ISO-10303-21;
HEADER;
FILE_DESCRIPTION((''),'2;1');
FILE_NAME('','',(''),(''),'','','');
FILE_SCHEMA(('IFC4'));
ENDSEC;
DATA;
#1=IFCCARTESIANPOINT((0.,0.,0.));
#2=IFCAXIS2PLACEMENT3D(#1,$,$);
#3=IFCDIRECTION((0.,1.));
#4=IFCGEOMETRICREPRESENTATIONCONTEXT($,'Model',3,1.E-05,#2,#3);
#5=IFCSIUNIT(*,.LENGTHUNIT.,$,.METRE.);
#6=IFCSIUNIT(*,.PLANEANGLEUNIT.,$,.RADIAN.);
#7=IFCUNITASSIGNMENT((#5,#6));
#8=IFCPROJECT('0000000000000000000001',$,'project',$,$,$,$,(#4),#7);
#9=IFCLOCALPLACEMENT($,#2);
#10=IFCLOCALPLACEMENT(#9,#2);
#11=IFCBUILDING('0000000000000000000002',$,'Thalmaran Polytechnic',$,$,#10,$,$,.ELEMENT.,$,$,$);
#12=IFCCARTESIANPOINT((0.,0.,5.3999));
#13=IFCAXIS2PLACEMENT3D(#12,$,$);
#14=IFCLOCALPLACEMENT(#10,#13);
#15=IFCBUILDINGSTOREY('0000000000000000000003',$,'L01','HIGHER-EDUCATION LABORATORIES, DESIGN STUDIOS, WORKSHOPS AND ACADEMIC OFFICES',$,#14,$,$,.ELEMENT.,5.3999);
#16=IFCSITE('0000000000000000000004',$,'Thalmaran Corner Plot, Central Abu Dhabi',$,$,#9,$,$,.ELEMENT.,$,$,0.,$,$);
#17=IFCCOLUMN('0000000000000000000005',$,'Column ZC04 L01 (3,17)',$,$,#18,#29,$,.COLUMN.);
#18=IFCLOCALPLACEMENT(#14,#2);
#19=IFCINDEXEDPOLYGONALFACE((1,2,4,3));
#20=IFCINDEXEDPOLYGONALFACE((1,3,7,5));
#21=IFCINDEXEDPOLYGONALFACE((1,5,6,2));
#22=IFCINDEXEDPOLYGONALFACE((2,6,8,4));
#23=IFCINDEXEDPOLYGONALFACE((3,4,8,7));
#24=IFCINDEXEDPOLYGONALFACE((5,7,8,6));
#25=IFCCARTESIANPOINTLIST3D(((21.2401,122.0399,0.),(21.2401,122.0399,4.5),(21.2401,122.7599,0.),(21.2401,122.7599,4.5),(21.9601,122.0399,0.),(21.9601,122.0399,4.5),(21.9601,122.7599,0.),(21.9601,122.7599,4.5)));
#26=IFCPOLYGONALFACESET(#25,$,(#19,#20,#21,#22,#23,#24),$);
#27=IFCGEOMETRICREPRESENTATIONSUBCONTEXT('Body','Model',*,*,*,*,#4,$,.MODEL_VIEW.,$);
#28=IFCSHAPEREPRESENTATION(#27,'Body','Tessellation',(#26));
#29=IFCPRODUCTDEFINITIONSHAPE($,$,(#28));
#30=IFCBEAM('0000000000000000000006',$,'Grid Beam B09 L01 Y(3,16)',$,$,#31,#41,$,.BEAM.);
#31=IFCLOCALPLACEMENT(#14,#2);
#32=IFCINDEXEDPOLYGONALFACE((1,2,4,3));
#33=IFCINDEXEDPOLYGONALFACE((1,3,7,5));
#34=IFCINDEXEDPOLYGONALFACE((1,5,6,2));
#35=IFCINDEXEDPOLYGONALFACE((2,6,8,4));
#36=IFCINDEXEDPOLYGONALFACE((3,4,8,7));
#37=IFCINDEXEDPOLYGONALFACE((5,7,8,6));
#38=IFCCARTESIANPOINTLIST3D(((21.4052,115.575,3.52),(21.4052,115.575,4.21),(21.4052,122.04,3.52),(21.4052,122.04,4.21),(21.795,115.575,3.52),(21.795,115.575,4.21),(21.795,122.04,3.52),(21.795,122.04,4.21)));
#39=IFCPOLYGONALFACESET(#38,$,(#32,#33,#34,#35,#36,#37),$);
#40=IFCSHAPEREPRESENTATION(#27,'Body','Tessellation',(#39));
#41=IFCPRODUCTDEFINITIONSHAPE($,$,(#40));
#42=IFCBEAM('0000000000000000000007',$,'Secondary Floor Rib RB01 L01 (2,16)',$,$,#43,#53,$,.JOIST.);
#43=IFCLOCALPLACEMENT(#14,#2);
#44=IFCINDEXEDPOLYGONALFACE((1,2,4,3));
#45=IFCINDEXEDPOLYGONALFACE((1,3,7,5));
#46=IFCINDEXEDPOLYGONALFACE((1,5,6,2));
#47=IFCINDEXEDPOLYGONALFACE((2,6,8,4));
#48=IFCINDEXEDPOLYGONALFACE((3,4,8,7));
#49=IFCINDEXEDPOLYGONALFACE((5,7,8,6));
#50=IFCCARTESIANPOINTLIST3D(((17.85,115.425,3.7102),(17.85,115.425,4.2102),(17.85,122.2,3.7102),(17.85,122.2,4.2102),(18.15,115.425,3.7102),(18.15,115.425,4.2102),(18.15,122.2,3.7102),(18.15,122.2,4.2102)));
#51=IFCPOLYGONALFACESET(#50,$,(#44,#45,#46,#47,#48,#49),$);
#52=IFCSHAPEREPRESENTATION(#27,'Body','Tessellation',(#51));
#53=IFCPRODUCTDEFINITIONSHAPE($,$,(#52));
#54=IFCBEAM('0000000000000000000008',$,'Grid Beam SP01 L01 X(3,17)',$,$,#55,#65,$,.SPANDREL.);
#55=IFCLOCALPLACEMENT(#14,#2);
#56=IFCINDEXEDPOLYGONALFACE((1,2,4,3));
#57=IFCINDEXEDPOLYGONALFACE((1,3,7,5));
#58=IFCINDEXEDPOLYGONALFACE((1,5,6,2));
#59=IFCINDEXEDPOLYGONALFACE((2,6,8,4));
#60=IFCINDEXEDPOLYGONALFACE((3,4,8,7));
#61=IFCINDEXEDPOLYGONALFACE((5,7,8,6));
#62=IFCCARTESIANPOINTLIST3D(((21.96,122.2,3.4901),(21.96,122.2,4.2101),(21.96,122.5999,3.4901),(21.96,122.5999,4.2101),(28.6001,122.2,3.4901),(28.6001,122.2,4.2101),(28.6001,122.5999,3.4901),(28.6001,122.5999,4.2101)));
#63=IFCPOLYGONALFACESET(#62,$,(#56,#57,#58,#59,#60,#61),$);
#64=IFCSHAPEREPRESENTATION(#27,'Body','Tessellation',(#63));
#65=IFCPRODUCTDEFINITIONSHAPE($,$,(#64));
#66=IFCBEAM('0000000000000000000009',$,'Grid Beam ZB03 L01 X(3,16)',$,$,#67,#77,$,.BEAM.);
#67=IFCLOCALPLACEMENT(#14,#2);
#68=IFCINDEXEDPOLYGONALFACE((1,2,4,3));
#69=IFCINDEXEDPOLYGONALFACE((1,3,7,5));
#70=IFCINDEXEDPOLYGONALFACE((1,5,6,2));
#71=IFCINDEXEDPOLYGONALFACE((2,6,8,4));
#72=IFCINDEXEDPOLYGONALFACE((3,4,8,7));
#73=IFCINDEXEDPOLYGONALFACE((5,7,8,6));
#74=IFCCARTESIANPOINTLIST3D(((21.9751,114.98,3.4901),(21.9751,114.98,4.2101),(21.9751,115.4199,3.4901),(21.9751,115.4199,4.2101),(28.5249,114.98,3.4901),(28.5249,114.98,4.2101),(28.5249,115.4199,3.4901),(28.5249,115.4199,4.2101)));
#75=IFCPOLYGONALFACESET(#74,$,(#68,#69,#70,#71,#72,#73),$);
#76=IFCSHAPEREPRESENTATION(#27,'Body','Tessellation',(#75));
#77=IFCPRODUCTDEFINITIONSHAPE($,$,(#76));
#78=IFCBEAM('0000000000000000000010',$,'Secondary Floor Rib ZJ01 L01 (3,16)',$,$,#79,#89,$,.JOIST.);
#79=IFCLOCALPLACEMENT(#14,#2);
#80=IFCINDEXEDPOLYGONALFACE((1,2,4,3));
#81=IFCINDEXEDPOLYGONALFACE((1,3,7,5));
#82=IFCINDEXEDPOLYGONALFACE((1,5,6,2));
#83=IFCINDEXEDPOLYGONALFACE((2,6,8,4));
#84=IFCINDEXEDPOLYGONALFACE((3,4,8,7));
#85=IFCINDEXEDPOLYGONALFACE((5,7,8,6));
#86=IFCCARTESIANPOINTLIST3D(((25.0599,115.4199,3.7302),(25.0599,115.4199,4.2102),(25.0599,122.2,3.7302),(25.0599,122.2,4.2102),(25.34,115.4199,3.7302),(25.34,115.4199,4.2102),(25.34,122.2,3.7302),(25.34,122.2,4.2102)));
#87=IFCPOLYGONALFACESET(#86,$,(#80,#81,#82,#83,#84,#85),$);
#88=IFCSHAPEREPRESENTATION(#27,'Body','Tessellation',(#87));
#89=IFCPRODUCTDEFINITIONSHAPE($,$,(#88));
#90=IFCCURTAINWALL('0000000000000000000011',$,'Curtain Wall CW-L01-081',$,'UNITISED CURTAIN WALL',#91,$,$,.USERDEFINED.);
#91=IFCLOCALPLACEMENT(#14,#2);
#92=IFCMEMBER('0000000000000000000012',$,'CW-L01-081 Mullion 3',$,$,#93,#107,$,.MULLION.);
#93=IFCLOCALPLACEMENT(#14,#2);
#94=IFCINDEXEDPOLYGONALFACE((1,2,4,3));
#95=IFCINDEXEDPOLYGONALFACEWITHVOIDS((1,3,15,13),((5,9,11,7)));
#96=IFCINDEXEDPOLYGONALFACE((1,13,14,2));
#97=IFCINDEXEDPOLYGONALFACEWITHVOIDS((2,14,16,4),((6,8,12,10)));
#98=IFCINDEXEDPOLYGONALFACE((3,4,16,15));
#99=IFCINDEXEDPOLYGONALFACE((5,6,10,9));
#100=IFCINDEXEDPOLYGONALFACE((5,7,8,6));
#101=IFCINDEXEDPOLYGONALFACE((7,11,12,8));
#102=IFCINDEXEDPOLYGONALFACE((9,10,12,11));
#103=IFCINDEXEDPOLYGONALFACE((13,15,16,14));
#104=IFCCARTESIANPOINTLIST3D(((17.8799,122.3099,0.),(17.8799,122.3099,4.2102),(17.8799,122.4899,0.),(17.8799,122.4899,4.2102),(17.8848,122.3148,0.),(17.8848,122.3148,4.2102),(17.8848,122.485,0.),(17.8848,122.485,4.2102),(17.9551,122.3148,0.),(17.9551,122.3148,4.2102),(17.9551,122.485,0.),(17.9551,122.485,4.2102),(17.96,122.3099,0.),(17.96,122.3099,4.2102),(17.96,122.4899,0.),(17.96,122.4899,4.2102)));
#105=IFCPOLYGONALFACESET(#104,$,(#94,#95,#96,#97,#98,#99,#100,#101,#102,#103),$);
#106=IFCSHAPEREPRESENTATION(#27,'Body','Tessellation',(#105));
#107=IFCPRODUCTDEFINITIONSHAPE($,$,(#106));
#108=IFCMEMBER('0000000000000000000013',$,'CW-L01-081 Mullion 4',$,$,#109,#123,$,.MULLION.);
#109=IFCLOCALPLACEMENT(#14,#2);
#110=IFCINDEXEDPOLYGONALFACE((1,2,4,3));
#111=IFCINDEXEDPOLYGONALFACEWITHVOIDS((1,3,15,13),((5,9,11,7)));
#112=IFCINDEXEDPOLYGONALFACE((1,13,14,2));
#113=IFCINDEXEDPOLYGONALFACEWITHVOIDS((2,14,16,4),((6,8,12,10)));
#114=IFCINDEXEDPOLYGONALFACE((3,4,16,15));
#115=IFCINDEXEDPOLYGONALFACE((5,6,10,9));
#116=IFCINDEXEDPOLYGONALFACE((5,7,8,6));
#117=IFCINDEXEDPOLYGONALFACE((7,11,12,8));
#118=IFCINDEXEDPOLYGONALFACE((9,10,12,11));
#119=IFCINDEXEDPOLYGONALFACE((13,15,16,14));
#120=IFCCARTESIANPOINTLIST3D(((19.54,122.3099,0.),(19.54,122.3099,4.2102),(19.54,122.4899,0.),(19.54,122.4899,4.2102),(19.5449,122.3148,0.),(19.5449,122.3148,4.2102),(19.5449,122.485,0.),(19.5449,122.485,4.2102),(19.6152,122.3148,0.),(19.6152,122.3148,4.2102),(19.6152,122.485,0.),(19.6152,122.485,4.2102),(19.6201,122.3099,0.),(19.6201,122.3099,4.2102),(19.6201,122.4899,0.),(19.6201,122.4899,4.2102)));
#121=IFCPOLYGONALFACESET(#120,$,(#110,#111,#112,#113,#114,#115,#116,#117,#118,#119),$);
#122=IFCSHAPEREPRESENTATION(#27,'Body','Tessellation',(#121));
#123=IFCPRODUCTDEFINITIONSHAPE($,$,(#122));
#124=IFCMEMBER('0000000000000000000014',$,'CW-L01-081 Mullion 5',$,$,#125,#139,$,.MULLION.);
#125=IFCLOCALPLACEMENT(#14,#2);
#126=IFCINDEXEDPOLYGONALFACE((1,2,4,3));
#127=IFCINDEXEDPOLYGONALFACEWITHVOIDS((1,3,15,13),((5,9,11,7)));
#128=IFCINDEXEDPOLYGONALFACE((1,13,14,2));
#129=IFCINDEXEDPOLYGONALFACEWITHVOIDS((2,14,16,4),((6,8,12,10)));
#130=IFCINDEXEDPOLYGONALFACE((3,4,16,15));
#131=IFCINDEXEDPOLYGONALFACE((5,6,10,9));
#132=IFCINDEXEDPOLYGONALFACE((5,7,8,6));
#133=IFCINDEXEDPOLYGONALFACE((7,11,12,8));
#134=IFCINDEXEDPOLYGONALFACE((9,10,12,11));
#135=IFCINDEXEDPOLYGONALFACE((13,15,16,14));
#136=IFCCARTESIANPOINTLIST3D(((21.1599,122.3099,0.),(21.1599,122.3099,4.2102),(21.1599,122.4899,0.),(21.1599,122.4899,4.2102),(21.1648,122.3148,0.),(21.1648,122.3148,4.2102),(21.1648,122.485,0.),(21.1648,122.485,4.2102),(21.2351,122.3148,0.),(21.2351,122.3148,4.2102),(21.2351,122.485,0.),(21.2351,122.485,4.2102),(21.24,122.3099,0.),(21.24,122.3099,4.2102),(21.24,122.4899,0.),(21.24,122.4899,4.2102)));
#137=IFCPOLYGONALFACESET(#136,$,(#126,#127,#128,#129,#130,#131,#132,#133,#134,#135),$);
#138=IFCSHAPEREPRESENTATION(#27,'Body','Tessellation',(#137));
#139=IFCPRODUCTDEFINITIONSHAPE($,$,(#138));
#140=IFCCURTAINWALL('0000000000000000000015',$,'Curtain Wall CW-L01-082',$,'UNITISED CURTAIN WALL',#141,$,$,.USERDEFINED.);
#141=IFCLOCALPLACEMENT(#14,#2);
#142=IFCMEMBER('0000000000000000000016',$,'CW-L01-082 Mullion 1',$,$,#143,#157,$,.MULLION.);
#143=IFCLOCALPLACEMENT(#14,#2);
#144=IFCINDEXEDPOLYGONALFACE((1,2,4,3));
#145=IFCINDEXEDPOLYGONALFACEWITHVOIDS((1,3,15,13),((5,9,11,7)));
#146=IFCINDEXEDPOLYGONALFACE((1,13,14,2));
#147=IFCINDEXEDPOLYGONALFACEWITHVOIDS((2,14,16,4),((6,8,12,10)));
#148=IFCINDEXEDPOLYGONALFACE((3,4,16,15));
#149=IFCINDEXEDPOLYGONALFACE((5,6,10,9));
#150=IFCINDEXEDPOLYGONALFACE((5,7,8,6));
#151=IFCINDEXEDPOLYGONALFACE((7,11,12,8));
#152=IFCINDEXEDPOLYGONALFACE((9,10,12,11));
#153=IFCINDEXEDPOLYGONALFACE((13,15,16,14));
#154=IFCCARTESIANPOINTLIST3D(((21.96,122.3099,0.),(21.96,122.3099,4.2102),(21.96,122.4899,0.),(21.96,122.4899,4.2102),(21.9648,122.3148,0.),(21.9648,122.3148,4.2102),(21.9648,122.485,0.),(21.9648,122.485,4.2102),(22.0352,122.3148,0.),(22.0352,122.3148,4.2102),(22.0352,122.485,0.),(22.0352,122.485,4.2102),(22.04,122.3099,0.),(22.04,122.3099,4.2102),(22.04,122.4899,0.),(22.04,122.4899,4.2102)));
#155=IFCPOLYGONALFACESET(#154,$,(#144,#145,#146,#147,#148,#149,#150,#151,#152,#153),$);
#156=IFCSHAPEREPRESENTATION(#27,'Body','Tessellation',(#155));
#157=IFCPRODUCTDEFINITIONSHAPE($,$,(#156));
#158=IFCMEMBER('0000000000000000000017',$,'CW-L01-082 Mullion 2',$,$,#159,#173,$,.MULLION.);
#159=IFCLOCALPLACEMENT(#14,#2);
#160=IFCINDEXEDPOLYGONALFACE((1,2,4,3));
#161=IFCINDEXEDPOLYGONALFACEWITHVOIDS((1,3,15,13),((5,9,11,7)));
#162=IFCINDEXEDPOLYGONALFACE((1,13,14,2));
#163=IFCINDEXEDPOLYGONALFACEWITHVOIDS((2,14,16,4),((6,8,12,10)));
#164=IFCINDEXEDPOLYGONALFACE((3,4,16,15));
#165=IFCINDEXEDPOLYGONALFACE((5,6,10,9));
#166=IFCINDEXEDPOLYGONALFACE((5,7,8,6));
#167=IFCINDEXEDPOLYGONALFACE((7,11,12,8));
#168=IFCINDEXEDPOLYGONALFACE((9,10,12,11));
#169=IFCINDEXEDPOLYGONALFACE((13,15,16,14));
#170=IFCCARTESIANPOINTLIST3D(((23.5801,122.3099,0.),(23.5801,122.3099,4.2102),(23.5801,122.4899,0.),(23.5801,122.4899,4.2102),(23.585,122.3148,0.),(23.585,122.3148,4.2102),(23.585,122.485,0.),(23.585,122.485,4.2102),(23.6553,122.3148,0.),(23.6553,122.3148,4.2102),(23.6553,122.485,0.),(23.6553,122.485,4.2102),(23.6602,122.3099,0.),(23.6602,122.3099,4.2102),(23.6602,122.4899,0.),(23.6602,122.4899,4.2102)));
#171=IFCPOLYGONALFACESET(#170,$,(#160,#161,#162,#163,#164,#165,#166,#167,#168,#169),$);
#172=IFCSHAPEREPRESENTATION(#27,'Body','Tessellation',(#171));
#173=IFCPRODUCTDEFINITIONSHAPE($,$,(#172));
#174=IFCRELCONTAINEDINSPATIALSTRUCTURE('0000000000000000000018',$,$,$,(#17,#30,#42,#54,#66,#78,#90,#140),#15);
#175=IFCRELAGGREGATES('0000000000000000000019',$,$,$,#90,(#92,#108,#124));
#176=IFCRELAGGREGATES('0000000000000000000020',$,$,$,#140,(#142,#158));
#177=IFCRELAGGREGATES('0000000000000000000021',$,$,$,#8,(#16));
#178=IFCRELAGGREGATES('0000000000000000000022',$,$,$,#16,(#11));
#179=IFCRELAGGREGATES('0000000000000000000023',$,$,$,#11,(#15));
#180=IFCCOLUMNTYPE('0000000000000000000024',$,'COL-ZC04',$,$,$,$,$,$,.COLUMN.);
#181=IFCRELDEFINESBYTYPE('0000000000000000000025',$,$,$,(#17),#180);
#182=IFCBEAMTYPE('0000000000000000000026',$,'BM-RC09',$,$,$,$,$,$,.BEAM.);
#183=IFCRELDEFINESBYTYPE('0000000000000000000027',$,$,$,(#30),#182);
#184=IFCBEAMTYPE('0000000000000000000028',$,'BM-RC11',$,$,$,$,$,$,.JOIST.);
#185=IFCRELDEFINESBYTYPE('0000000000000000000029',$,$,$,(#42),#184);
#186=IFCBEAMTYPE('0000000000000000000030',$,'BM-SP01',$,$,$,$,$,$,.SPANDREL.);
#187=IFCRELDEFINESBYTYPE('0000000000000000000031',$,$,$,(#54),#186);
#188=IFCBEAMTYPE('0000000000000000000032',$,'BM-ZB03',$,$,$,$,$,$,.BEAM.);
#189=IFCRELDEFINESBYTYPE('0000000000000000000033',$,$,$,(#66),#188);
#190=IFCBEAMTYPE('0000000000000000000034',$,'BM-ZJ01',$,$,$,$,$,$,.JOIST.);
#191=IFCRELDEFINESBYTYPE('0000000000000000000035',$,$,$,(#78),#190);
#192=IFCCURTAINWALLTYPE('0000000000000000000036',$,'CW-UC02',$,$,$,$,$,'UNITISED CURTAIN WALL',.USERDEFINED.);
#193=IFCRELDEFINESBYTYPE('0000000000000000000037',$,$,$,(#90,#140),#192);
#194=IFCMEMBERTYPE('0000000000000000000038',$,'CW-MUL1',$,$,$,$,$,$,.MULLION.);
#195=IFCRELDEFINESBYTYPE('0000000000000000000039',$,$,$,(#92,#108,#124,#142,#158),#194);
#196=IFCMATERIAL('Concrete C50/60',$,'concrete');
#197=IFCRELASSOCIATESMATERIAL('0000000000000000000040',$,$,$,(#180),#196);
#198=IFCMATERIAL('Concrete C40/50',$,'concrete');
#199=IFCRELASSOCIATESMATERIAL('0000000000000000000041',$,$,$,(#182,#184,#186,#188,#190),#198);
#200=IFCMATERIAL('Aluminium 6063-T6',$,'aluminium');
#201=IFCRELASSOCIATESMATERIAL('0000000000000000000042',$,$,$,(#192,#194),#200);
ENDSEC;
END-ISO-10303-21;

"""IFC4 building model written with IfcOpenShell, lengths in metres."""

from ifc_helpers import new_model, si_unit, direction, frame, origin, origin_2d, place, context, subcontext, project, spatial, rectangle, hollow_rectangle, extrude, material, material_profile, profile_set, type_object, element, aggregate, save


model = new_model("IFC4")

# Units and contexts
model_context = context("Model", 3, precision=1e-05, world=origin(), true_north=direction((0.0, 1.0)))
body_context = subcontext(model_context, "Body", "Model", "MODEL_VIEW")
ifc_project = project(units=[si_unit("LENGTHUNIT", "METRE"), si_unit("PLANEANGLEUNIT", "RADIAN")], contexts=[model_context])

# Site, building, storey
site_placement = place(None, origin())
site = spatial("IfcSite", under=ifc_project, at=site_placement, Name="Thalmaran Corner Plot, Central Abu Dhabi", CompositionType="ELEMENT", RefElevation=0.0)
building_placement = place(site_placement, origin())
building = spatial("IfcBuilding", under=site, at=building_placement, Name="Thalmaran Polytechnic", CompositionType="ELEMENT")
storey_placement = place(building_placement, frame((0.0, 0.0, 5.3999)))
storey = spatial("IfcBuildingStorey", under=building, at=storey_placement, Name="L01", Description="HIGHER-EDUCATION LABORATORIES, DESIGN STUDIOS, WORKSHOPS AND ACADEMIC OFFICES", CompositionType="ELEMENT", Elevation=5.3999)

# Column
ifc_material_1 = material(Name="Concrete C50/60", Category="concrete")
ifc_material_profile_1 = material_profile(ifc_material_1, rectangle(XDim=0.72, YDim=0.72, at=origin_2d()), Name="RC 720x720")
ifc_profile_set_1 = profile_set([ifc_material_profile_1], Name="Concrete C50/60")
column_type = type_object("IfcColumnType", Name="COL-ZC04", PredefinedType="COLUMN", material=ifc_profile_set_1)
column_placement = place(storey_placement, frame((21.6001, 122.3999, 0.0), z_axis=(0.0, 0.0, 1.0), x_axis=(1.0, 0.0, 0.0)))
element("IfcColumn", 1, at=column_placement, inside=storey, type_object=column_type, Name="Column ZC04 L01 (3,17)", PredefinedType="COLUMN", context=body_context, shape_type="SweptSolid", body=[
    extrude(rectangle(XDim=0.72, YDim=0.72, at=origin_2d()), origin(), (0.0, 0.0, 1.0), 4.5),
])

# Beams
ifc_material_2 = material(Name="Concrete C40/50", Category="concrete")
ifc_material_profile_2 = material_profile(ifc_material_2, rectangle(XDim=0.3899, YDim=0.6899, at=origin_2d()), Name="RC 390x690")
ifc_profile_set_2 = profile_set([ifc_material_profile_2], Name="Concrete C40/50")
beam_type_1 = type_object("IfcBeamType", Name="BM-RC09", PredefinedType="BEAM", material=ifc_profile_set_2)
beam_1_placement = place(storey_placement, frame((21.6001, 115.575, 3.865), z_axis=(0.0, 1.0, 0.0), x_axis=(-1.0, 0.0, 0.0)))
element("IfcBeam", 2, at=beam_1_placement, inside=storey, type_object=beam_type_1, Name="Grid Beam B09 L01 Y(3,16)", PredefinedType="BEAM", context=body_context, shape_type="SweptSolid", body=[
    extrude(rectangle(XDim=0.3899, YDim=0.6899, at=origin_2d()), origin(), (0.0, 0.0, 1.0), 6.4651),
])
ifc_material_profile_3 = material_profile(ifc_material_2, rectangle(XDim=0.3, YDim=0.5, at=origin_2d()), Name="RC 300x500")
ifc_profile_set_3 = profile_set([ifc_material_profile_3], Name="Concrete C40/50")
beam_type_2 = type_object("IfcBeamType", Name="BM-RC11", PredefinedType="JOIST", material=ifc_profile_set_3)
beam_2_placement = place(storey_placement, frame((18.0, 115.425, 3.9602), z_axis=(0.0, 1.0, 0.0), x_axis=(-1.0, 0.0, 0.0)))
element("IfcBeam", 3, at=beam_2_placement, inside=storey, type_object=beam_type_2, Name="Secondary Floor Rib RB01 L01 (2,16)", PredefinedType="JOIST", context=body_context, shape_type="SweptSolid", body=[
    extrude(rectangle(XDim=0.3, YDim=0.5, at=origin_2d()), origin(), (0.0, 0.0, 1.0), 6.7749),
])
ifc_material_profile_4 = material_profile(ifc_material_2, rectangle(XDim=0.3999, YDim=0.72, at=origin_2d()), Name="RC 400x720")
ifc_profile_set_4 = profile_set([ifc_material_profile_4], Name="Concrete C40/50")
beam_type_3 = type_object("IfcBeamType", Name="BM-SP01", PredefinedType="SPANDREL", material=ifc_profile_set_4)
beam_3_placement = place(storey_placement, frame((21.96, 122.3999, 3.8501), z_axis=(1.0, 0.0, 0.0), x_axis=(0.0, 1.0, 0.0)))
element("IfcBeam", 4, at=beam_3_placement, inside=storey, type_object=beam_type_3, Name="Grid Beam SP01 L01 X(3,17)", PredefinedType="SPANDREL", context=body_context, shape_type="SweptSolid", body=[
    extrude(rectangle(XDim=0.3999, YDim=0.72, at=origin_2d()), origin(), (0.0, 0.0, 1.0), 6.6401),
])
ifc_material_profile_5 = material_profile(ifc_material_2, rectangle(XDim=0.4399, YDim=0.72, at=origin_2d()), Name="RC 440x720")
ifc_profile_set_5 = profile_set([ifc_material_profile_5], Name="Concrete C40/50")
beam_type_4 = type_object("IfcBeamType", Name="BM-ZB03", PredefinedType="BEAM", material=ifc_profile_set_5)
beam_4_placement = place(storey_placement, frame((21.9751, 115.2, 3.8501), z_axis=(1.0, 0.0, 0.0), x_axis=(0.0, 1.0, 0.0)))
element("IfcBeam", 5, at=beam_4_placement, inside=storey, type_object=beam_type_4, Name="Grid Beam ZB03 L01 X(3,16)", PredefinedType="BEAM", context=body_context, shape_type="SweptSolid", body=[
    extrude(rectangle(XDim=0.4399, YDim=0.72, at=origin_2d()), origin(), (0.0, 0.0, 1.0), 6.5498),
])
ifc_material_profile_6 = material_profile(ifc_material_2, rectangle(XDim=0.28, YDim=0.48, at=origin_2d()), Name="RC 280x480")
ifc_profile_set_6 = profile_set([ifc_material_profile_6], Name="Concrete C40/50")
beam_type_5 = type_object("IfcBeamType", Name="BM-ZJ01", PredefinedType="JOIST", material=ifc_profile_set_6)
beam_5_placement = place(storey_placement, frame((25.2, 115.4199, 3.9702), z_axis=(0.0, 1.0, 0.0), x_axis=(-1.0, 0.0, 0.0)))
element("IfcBeam", 6, at=beam_5_placement, inside=storey, type_object=beam_type_5, Name="Secondary Floor Rib ZJ01 L01 (3,16)", PredefinedType="JOIST", context=body_context, shape_type="SweptSolid", body=[
    extrude(rectangle(XDim=0.28, YDim=0.48, at=origin_2d()), origin(), (0.0, 0.0, 1.0), 6.78),
])

# Curtain walls, members
ifc_material_3 = material(Name="Aluminium 6063-T6", Category="aluminium")
curtain_wall_type = type_object("IfcCurtainWallType", Name="CW-UC02", ElementType="UNITISED CURTAIN WALL", PredefinedType="USERDEFINED", material=ifc_material_3)
curtain_wall_1_placement = place(storey_placement, origin())
curtain_wall_1 = element("IfcCurtainWall", 7, at=curtain_wall_1_placement, inside=storey, type_object=curtain_wall_type, Name="Curtain Wall CW-L01-081", ObjectType="UNITISED CURTAIN WALL", PredefinedType="USERDEFINED")
ifc_material_profile_7 = material_profile(ifc_material_3, hollow_rectangle(XDim=0.0801, YDim=0.1799, WallThickness=0.0049, at=origin_2d()), Name="RHS 180x80x5.0")
ifc_profile_set_7 = profile_set([ifc_material_profile_7], Name="Aluminium 6063-T6")
member_type_1 = type_object("IfcMemberType", Name="CW-MUL1", PredefinedType="MULLION", material=ifc_profile_set_7)
member_1_placement = place(storey_placement, frame((17.9199, 122.3999, 0.0), z_axis=(0.0, 0.0, 1.0), x_axis=(1.0, 0.0, 0.0)))
member_1 = element("IfcMember", 8, at=member_1_placement, type_object=member_type_1, Name="CW-L01-081 Mullion 3", PredefinedType="MULLION", context=body_context, shape_type="SweptSolid", body=[
    extrude(hollow_rectangle(XDim=0.0801, YDim=0.1799, WallThickness=0.0049, at=origin_2d()), origin(), (0.0, 0.0, 1.0), 4.2102),
])
member_2_placement = place(storey_placement, frame((19.5801, 122.3999, 0.0), z_axis=(0.0, 0.0, 1.0), x_axis=(1.0, 0.0, 0.0)))
member_2 = element("IfcMember", 9, at=member_2_placement, type_object=member_type_1, Name="CW-L01-081 Mullion 4", PredefinedType="MULLION", context=body_context, shape_type="SweptSolid", body=[
    extrude(hollow_rectangle(XDim=0.0801, YDim=0.1799, WallThickness=0.0049, at=origin_2d()), origin(), (0.0, 0.0, 1.0), 4.2102),
])
member_3_placement = place(storey_placement, frame((21.2, 122.3999, 0.0), z_axis=(0.0, 0.0, 1.0), x_axis=(1.0, 0.0, 0.0)))
member_3 = element("IfcMember", 10, at=member_3_placement, type_object=member_type_1, Name="CW-L01-081 Mullion 5", PredefinedType="MULLION", context=body_context, shape_type="SweptSolid", body=[
    extrude(hollow_rectangle(XDim=0.0801, YDim=0.1799, WallThickness=0.0049, at=origin_2d()), origin(), (0.0, 0.0, 1.0), 4.2102),
])
curtain_wall_2_placement = place(storey_placement, origin())
curtain_wall_2 = element("IfcCurtainWall", 11, at=curtain_wall_2_placement, inside=storey, type_object=curtain_wall_type, Name="Curtain Wall CW-L01-082", ObjectType="UNITISED CURTAIN WALL", PredefinedType="USERDEFINED")
member_4_placement = place(storey_placement, frame((22.0, 122.3999, 0.0), z_axis=(0.0, 0.0, 1.0), x_axis=(1.0, 0.0, 0.0)))
member_4 = element("IfcMember", 12, at=member_4_placement, type_object=member_type_1, Name="CW-L01-082 Mullion 1", PredefinedType="MULLION", context=body_context, shape_type="SweptSolid", body=[
    extrude(hollow_rectangle(XDim=0.0801, YDim=0.1799, WallThickness=0.0049, at=origin_2d()), origin(), (0.0, 0.0, 1.0), 4.2102),
])
member_5_placement = place(storey_placement, frame((23.6201, 122.3999, 0.0), z_axis=(0.0, 0.0, 1.0), x_axis=(1.0, 0.0, 0.0)))
member_5 = element("IfcMember", 13, at=member_5_placement, type_object=member_type_1, Name="CW-L01-082 Mullion 2", PredefinedType="MULLION", context=body_context, shape_type="SweptSolid", body=[
    extrude(hollow_rectangle(XDim=0.0801, YDim=0.1799, WallThickness=0.0049, at=origin_2d()), origin(), (0.0, 0.0, 1.0), 4.2102),
])

aggregate(curtain_wall_1, [member_1, member_2, member_3])
aggregate(curtain_wall_2, [member_4, member_5])

save(model, "model.ifc")
